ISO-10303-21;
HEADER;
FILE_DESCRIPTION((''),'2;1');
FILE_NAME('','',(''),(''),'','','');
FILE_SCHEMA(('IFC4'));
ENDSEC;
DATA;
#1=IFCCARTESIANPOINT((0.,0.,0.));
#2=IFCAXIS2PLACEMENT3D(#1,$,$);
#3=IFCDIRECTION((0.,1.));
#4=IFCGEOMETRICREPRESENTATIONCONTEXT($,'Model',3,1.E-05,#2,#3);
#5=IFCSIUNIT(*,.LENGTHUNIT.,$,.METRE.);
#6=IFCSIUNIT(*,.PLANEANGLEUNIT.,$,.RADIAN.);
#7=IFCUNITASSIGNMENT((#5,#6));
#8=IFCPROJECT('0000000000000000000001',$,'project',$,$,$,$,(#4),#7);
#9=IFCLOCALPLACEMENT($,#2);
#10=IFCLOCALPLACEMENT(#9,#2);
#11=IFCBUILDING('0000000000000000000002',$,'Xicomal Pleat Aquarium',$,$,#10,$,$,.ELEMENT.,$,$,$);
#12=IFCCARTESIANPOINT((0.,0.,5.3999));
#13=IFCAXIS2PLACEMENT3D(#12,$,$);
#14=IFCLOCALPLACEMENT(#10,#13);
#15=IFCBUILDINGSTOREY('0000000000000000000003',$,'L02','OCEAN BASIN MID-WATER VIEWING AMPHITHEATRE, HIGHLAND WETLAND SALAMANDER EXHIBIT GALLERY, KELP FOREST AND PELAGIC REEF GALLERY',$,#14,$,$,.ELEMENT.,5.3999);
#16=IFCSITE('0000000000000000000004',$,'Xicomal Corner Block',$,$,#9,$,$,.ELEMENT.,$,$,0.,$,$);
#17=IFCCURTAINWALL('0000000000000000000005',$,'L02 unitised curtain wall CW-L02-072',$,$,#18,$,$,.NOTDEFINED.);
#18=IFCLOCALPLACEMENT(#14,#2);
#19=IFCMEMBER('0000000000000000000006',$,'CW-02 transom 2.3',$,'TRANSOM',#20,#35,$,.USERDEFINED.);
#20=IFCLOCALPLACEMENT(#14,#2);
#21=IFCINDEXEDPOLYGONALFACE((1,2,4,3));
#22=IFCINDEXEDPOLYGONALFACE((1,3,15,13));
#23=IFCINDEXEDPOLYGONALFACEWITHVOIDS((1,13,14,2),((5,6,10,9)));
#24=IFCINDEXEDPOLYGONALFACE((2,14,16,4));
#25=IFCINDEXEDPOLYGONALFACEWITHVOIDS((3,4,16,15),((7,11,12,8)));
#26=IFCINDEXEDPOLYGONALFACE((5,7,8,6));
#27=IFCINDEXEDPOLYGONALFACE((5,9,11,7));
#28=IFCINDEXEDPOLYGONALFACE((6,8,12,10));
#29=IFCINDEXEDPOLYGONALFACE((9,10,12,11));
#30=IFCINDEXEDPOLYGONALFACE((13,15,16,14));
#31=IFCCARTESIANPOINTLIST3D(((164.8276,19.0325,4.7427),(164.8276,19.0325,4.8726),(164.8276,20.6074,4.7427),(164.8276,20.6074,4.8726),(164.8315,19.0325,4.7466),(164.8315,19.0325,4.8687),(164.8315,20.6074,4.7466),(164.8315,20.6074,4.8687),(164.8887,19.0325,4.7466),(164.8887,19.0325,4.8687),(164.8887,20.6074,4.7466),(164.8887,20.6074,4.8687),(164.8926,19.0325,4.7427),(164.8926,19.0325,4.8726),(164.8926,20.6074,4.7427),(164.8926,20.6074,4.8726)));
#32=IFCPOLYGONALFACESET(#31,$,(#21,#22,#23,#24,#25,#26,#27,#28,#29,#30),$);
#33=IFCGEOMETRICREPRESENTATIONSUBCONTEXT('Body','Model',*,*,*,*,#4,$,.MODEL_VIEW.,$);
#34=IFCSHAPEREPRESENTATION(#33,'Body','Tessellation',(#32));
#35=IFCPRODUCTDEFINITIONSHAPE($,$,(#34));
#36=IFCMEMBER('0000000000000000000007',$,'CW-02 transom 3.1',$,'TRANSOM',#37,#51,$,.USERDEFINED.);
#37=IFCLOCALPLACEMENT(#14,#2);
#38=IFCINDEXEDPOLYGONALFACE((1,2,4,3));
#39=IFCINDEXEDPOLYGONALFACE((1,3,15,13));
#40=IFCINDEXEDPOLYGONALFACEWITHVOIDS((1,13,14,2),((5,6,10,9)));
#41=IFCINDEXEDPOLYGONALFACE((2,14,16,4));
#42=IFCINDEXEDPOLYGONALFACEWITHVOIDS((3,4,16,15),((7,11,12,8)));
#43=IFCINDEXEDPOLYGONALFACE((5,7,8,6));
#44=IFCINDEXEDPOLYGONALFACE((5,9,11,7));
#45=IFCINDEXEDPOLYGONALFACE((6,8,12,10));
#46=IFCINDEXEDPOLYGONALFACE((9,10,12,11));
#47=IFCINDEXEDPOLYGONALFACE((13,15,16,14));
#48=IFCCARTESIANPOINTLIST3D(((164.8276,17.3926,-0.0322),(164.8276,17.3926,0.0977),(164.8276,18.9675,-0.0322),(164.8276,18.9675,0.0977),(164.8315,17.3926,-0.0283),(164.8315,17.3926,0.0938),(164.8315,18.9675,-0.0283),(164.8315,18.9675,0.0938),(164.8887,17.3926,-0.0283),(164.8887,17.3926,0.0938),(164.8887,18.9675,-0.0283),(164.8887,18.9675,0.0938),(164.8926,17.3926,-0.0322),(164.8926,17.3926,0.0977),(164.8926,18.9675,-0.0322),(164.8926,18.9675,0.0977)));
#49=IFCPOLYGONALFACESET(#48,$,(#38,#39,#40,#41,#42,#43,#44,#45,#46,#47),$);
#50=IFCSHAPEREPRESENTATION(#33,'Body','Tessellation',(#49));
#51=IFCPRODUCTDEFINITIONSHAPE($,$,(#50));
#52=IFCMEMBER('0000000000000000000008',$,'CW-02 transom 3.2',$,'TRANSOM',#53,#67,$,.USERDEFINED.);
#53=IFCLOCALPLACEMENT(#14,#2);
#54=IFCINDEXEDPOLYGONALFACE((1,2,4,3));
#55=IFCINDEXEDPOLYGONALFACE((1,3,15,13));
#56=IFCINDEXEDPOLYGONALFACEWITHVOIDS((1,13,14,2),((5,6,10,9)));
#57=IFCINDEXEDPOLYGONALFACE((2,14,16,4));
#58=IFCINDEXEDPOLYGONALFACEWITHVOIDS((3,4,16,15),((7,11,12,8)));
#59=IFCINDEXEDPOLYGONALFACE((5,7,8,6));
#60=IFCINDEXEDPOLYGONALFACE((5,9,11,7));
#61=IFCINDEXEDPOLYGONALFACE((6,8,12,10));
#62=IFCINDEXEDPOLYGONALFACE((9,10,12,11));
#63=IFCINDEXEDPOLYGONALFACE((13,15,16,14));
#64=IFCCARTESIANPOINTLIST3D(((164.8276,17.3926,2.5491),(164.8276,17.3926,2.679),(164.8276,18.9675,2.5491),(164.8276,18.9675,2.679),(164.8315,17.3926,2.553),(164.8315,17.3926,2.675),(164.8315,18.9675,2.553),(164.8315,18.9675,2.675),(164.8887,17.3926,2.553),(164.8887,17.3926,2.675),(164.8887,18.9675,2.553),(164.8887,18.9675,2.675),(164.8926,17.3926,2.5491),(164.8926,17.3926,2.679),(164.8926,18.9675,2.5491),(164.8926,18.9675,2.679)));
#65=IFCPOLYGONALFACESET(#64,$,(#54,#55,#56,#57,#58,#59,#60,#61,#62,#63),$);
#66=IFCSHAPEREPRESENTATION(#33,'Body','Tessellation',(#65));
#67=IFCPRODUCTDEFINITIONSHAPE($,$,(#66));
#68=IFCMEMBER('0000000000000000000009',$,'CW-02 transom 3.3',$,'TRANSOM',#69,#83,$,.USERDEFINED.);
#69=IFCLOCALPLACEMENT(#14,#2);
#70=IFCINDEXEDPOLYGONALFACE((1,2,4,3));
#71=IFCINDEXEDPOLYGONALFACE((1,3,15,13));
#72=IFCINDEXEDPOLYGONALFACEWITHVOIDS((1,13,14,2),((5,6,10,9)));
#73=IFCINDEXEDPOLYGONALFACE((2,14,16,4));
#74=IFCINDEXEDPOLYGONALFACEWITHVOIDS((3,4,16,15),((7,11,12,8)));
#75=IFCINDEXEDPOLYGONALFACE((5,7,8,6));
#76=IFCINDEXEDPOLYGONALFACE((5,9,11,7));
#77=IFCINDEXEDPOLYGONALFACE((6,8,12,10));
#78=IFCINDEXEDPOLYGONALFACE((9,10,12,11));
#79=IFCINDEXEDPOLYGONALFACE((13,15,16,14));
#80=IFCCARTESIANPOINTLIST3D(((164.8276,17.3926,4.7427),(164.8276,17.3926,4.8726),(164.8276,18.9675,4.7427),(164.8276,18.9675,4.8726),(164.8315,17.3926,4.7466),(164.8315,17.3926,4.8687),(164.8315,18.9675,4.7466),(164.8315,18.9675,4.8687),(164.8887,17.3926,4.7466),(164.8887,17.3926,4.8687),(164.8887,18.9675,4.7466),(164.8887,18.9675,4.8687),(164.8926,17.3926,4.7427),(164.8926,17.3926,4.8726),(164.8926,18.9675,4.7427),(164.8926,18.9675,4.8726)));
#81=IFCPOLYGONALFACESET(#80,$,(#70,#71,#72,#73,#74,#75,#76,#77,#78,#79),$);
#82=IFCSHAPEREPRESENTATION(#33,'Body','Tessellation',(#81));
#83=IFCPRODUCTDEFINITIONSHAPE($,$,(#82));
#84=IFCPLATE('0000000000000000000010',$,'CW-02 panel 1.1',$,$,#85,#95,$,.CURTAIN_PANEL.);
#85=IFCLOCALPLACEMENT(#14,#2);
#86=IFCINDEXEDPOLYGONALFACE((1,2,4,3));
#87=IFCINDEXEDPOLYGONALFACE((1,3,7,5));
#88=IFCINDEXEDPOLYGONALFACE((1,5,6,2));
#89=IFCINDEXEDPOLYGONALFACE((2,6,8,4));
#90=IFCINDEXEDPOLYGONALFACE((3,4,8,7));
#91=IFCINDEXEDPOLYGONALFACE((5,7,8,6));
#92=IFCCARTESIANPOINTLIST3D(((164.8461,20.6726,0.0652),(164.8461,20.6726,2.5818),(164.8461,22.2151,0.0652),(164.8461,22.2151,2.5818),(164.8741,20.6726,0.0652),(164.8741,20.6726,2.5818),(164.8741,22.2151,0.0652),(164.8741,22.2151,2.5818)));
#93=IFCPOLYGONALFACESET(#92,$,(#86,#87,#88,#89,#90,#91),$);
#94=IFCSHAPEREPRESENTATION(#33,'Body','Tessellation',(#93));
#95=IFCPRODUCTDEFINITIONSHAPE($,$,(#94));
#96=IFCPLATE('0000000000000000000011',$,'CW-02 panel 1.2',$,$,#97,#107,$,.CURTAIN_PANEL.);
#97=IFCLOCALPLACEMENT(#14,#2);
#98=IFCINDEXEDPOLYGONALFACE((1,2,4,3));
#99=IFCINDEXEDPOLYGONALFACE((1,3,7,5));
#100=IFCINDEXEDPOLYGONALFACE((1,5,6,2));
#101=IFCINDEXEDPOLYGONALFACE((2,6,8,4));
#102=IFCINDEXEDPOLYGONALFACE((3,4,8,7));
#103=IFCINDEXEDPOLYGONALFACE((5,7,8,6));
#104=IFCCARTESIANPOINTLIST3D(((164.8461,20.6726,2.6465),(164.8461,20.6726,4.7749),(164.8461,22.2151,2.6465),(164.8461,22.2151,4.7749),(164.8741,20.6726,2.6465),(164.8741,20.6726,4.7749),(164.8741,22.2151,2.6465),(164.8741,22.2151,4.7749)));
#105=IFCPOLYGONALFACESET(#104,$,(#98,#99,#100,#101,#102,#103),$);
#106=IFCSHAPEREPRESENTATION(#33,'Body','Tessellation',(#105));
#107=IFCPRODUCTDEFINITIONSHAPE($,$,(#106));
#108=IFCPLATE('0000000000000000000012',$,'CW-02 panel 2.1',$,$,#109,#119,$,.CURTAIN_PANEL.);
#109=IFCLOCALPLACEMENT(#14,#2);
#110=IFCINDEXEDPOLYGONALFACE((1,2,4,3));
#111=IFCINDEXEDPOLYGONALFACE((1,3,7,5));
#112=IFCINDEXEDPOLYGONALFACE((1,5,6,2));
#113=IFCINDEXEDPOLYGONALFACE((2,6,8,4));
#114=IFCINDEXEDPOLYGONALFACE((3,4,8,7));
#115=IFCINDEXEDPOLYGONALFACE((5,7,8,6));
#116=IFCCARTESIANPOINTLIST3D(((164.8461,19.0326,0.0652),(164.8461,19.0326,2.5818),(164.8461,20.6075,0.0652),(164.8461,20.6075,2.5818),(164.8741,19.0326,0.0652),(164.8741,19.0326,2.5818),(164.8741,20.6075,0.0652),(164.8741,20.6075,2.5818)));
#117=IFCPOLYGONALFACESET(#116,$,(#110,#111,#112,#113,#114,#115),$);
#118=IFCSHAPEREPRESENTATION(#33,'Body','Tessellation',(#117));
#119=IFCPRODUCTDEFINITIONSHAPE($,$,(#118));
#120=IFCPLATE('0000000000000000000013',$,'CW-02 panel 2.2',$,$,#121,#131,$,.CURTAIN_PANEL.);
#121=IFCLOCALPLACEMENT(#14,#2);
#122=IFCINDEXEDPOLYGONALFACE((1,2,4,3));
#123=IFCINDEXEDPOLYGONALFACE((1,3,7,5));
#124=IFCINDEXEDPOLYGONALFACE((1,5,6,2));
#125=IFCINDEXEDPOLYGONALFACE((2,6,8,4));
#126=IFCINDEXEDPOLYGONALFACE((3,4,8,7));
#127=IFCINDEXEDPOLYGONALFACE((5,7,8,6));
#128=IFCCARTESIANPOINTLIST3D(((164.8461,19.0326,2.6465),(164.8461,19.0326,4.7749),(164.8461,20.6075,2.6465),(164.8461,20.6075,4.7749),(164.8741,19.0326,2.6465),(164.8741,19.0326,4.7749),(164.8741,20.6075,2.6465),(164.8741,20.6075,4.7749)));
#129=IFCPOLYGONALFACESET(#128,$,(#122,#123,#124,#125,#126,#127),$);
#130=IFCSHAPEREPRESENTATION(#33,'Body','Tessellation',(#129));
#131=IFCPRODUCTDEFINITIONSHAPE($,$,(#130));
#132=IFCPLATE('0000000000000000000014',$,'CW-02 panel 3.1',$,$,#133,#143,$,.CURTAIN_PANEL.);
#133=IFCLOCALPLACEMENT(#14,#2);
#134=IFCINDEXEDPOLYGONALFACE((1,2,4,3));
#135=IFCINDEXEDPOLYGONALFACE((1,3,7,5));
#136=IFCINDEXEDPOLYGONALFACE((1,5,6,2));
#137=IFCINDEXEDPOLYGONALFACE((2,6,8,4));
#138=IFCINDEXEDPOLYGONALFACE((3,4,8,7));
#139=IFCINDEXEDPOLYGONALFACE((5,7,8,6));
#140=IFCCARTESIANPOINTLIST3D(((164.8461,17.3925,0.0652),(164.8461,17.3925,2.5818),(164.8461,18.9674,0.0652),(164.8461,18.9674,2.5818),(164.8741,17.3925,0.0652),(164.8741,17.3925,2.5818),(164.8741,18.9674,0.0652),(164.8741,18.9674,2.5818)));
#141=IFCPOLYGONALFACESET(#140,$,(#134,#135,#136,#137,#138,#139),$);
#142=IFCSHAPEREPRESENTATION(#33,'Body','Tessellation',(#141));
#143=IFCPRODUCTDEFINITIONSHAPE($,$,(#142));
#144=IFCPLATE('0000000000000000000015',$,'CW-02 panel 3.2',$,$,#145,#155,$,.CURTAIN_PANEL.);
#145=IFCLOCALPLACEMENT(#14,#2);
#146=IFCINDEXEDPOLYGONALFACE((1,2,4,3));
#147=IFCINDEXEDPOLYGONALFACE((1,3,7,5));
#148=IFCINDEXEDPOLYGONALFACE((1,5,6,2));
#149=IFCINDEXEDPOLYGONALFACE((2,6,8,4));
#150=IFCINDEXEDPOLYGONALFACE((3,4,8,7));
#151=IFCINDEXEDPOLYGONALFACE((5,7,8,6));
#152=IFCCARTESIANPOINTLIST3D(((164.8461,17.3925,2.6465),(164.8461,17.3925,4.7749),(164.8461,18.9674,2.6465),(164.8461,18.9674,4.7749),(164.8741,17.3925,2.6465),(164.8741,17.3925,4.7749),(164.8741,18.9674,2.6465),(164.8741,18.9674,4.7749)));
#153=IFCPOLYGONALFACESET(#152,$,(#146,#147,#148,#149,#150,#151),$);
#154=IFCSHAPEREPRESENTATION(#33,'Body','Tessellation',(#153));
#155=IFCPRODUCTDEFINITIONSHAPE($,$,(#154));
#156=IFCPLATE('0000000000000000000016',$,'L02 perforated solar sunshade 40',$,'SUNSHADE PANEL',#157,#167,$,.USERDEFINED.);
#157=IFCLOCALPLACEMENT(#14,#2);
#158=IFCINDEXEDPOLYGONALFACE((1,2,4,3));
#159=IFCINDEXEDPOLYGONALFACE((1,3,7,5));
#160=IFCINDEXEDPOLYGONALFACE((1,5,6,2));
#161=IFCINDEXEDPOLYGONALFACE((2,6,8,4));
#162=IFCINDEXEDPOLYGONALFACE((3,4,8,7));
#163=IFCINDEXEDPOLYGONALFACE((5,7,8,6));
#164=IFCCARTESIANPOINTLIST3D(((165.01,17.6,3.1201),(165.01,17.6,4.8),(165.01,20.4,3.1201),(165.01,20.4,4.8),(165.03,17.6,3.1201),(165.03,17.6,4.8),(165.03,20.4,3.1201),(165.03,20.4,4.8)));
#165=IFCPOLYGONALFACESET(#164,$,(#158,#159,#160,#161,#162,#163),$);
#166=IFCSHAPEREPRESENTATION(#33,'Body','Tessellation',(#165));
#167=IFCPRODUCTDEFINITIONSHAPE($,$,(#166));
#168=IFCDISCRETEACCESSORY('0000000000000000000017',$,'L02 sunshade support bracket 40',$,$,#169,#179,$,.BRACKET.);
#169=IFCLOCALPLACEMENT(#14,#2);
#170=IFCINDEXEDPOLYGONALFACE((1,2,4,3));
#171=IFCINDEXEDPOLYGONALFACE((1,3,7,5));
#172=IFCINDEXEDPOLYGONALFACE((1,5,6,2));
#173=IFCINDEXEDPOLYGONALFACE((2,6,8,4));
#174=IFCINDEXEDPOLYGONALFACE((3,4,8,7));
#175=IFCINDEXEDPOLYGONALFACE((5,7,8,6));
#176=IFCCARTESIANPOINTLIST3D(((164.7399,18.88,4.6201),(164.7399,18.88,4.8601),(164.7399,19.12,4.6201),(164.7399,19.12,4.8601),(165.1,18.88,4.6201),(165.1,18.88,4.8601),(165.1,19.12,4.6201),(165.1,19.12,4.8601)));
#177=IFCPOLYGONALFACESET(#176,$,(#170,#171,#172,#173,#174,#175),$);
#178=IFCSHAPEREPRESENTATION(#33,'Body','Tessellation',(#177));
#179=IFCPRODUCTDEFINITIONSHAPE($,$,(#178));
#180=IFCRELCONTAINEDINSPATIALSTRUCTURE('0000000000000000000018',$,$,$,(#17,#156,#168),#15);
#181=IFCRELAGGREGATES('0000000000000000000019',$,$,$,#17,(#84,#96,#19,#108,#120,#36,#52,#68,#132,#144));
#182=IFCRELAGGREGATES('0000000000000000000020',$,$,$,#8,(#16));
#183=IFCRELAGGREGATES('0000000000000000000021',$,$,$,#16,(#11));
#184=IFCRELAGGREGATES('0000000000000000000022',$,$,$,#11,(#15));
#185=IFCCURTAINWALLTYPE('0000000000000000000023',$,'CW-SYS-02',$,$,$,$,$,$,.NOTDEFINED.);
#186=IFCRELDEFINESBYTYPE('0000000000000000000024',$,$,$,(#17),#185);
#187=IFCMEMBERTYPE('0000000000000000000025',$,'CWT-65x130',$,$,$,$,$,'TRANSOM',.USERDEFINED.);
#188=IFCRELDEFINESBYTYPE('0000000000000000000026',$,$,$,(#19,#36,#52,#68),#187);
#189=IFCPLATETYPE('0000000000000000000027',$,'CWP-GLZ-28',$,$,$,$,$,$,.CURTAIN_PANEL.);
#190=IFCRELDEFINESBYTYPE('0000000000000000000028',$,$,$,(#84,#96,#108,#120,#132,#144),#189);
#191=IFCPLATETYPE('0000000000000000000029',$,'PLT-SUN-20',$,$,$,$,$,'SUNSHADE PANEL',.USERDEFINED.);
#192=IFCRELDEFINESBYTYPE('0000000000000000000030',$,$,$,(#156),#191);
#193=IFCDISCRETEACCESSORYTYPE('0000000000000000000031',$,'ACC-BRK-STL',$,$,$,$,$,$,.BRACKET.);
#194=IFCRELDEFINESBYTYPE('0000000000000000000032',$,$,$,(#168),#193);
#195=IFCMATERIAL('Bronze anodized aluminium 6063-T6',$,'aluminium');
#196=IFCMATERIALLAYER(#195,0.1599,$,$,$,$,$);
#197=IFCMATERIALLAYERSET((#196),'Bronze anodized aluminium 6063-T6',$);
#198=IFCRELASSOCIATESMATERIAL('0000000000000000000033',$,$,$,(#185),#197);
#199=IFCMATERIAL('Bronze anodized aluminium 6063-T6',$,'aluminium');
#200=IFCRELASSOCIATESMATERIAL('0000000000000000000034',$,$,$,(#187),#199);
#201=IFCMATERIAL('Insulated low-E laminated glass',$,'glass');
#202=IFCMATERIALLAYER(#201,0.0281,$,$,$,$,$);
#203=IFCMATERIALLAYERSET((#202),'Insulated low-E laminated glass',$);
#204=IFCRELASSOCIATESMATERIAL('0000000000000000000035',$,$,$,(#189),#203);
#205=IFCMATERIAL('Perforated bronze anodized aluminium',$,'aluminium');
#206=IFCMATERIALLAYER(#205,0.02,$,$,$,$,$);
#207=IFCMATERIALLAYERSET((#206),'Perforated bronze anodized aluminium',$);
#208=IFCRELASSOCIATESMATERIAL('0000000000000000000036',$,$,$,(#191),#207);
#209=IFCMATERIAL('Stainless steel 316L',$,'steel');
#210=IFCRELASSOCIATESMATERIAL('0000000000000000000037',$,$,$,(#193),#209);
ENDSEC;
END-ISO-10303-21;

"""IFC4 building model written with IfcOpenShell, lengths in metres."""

from ifc_helpers import new_model, si_unit, direction, frame, origin, origin_2d, place, context, subcontext, project, spatial, rectangle, hollow_rectangle, extrude, material, layer, layer_set, material_profile, profile_set, type_object, element, aggregate, save


model = new_model("IFC4")

# Units and contexts
model_context = context("Model", 3, precision=1e-05, world=origin(), true_north=direction((0.0, 1.0)))
body_context = subcontext(model_context, "Body", "Model", "MODEL_VIEW")
ifc_project = project(units=[si_unit("LENGTHUNIT", "METRE"), si_unit("PLANEANGLEUNIT", "RADIAN")], contexts=[model_context])

# Site, building, storey
site_placement = place(None, origin())
site = spatial("IfcSite", under=ifc_project, at=site_placement, Name="Xicomal Corner Block", CompositionType="ELEMENT", RefElevation=0.0)
building_placement = place(site_placement, origin())
building = spatial("IfcBuilding", under=site, at=building_placement, Name="Xicomal Pleat Aquarium", CompositionType="ELEMENT")
storey_placement = place(building_placement, frame((0.0, 0.0, 5.3999)))
storey = spatial("IfcBuildingStorey", under=building, at=storey_placement, Name="L02", Description="OCEAN BASIN MID-WATER VIEWING AMPHITHEATRE, HIGHLAND WETLAND SALAMANDER EXHIBIT GALLERY, KELP FOREST AND PELAGIC REEF GALLERY", CompositionType="ELEMENT", Elevation=5.3999)

# Curtain wall, members, plates
ifc_material_1 = material(Name="Bronze anodized aluminium 6063-T6", Category="aluminium")
ifc_layer_1 = layer(ifc_material_1, 0.1599)
ifc_layer_set_1 = layer_set([ifc_layer_1], Name="Bronze anodized aluminium 6063-T6")
curtain_wall_type = type_object("IfcCurtainWallType", Name="CW-SYS-02", PredefinedType="NOTDEFINED", material=ifc_layer_set_1)
curtain_wall_placement = place(storey_placement, origin())
curtain_wall = element("IfcCurtainWall", 1, at=curtain_wall_placement, inside=storey, type_object=curtain_wall_type, Name="L02 unitised curtain wall CW-L02-072", PredefinedType="NOTDEFINED")
ifc_material_2 = material(Name="Bronze anodized aluminium 6063-T6", Category="aluminium")
ifc_material_profile_1 = material_profile(ifc_material_2, hollow_rectangle(XDim=0.0649, YDim=0.1299, WallThickness=0.0039, at=origin_2d()), Name="ALU TRAN 65x130")
ifc_profile_set_1 = profile_set([ifc_material_profile_1], Name="Bronze anodized aluminium 6063-T6")
member_type_1 = type_object("IfcMemberType", Name="CWT-65x130", ElementType="TRANSOM", PredefinedType="USERDEFINED", material=ifc_profile_set_1)
member_1_placement = place(storey_placement, frame((164.8601, 20.6074, 4.8076), z_axis=(0.0, -1.0, 0.0), x_axis=(1.0, 0.0, 0.0)))
member_1 = element("IfcMember", 2, at=member_1_placement, type_object=member_type_1, Name="CW-02 transom 2.3", ObjectType="TRANSOM", PredefinedType="USERDEFINED", context=body_context, shape_type="SweptSolid", body=[
    extrude(hollow_rectangle(XDim=0.0649, YDim=0.1299, WallThickness=0.0039, at=origin_2d()), origin(), (0.0, 0.0, 1.0), 1.575),
])
member_2_placement = place(storey_placement, frame((164.8601, 18.9675, 0.0327), z_axis=(0.0, -1.0, 0.0), x_axis=(1.0, 0.0, 0.0)))
member_2 = element("IfcMember", 3, at=member_2_placement, type_object=member_type_1, Name="CW-02 transom 3.1", ObjectType="TRANSOM", PredefinedType="USERDEFINED", context=body_context, shape_type="SweptSolid", body=[
    extrude(hollow_rectangle(XDim=0.0649, YDim=0.1299, WallThickness=0.0039, at=origin_2d()), origin(), (0.0, 0.0, 1.0), 1.575),
])
member_3_placement = place(storey_placement, frame((164.8601, 18.9675, 2.614), z_axis=(0.0, -1.0, 0.0), x_axis=(1.0, 0.0, 0.0)))
member_3 = element("IfcMember", 4, at=member_3_placement, type_object=member_type_1, Name="CW-02 transom 3.2", ObjectType="TRANSOM", PredefinedType="USERDEFINED", context=body_context, shape_type="SweptSolid", body=[
    extrude(hollow_rectangle(XDim=0.0649, YDim=0.1299, WallThickness=0.0039, at=origin_2d()), origin(), (0.0, 0.0, 1.0), 1.575),
])
member_4_placement = place(storey_placement, frame((164.8601, 18.9675, 4.8076), z_axis=(0.0, -1.0, 0.0), x_axis=(1.0, 0.0, 0.0)))
member_4 = element("IfcMember", 5, at=member_4_placement, type_object=member_type_1, Name="CW-02 transom 3.3", ObjectType="TRANSOM", PredefinedType="USERDEFINED", context=body_context, shape_type="SweptSolid", body=[
    extrude(hollow_rectangle(XDim=0.0649, YDim=0.1299, WallThickness=0.0039, at=origin_2d()), origin(), (0.0, 0.0, 1.0), 1.575),
])
ifc_material_3 = material(Name="Insulated low-E laminated glass", Category="glass")
ifc_layer_2 = layer(ifc_material_3, 0.0281)
ifc_layer_set_2 = layer_set([ifc_layer_2], Name="Insulated low-E laminated glass")
plate_type_1 = type_object("IfcPlateType", Name="CWP-GLZ-28", PredefinedType="CURTAIN_PANEL", material=ifc_layer_set_2)
plate_1_placement = place(storey_placement, frame((164.8601, 21.4438, 0.0652), z_axis=(0.0, 0.0, 1.0), x_axis=(0.0, -1.0, 0.0)))
plate_1 = element("IfcPlate", 6, at=plate_1_placement, type_object=plate_type_1, Name="CW-02 panel 1.1", PredefinedType="CURTAIN_PANEL", context=body_context, shape_type="SweptSolid", body=[
    extrude(rectangle(XDim=1.5425, YDim=0.0281, at=origin_2d()), origin(), (0.0, 0.0, 1.0), 2.5166),
])
plate_2_placement = place(storey_placement, frame((164.8601, 21.4438, 2.6465), z_axis=(0.0, 0.0, 1.0), x_axis=(0.0, -1.0, 0.0)))
plate_2 = element("IfcPlate", 7, at=plate_2_placement, type_object=plate_type_1, Name="CW-02 panel 1.2", PredefinedType="CURTAIN_PANEL", context=body_context, shape_type="SweptSolid", body=[
    extrude(rectangle(XDim=1.5425, YDim=0.0281, at=origin_2d()), origin(), (0.0, 0.0, 1.0), 2.1284),
])
plate_3_placement = place(storey_placement, frame((164.8601, 19.8201, 0.0652), z_axis=(0.0, 0.0, 1.0), x_axis=(0.0, -1.0, 0.0)))
plate_3 = element("IfcPlate", 8, at=plate_3_placement, type_object=plate_type_1, Name="CW-02 panel 2.1", PredefinedType="CURTAIN_PANEL", context=body_context, shape_type="SweptSolid", body=[
    extrude(rectangle(XDim=1.575, YDim=0.0281, at=origin_2d()), origin(), (0.0, 0.0, 1.0), 2.5166),
])
plate_4_placement = place(storey_placement, frame((164.8601, 19.8201, 2.6465), z_axis=(0.0, 0.0, 1.0), x_axis=(0.0, -1.0, 0.0)))
plate_4 = element("IfcPlate", 9, at=plate_4_placement, type_object=plate_type_1, Name="CW-02 panel 2.2", PredefinedType="CURTAIN_PANEL", context=body_context, shape_type="SweptSolid", body=[
    extrude(rectangle(XDim=1.575, YDim=0.0281, at=origin_2d()), origin(), (0.0, 0.0, 1.0), 2.1284),
])
plate_5_placement = place(storey_placement, frame((164.8601, 18.1799, 0.0652), z_axis=(0.0, 0.0, 1.0), x_axis=(0.0, -1.0, 0.0)))
plate_5 = element("IfcPlate", 10, at=plate_5_placement, type_object=plate_type_1, Name="CW-02 panel 3.1", PredefinedType="CURTAIN_PANEL", context=body_context, shape_type="SweptSolid", body=[
    extrude(rectangle(XDim=1.575, YDim=0.0281, at=origin_2d()), origin(), (0.0, 0.0, 1.0), 2.5166),
])
plate_6_placement = place(storey_placement, frame((164.8601, 18.1799, 2.6465), z_axis=(0.0, 0.0, 1.0), x_axis=(0.0, -1.0, 0.0)))
plate_6 = element("IfcPlate", 11, at=plate_6_placement, type_object=plate_type_1, Name="CW-02 panel 3.2", PredefinedType="CURTAIN_PANEL", context=body_context, shape_type="SweptSolid", body=[
    extrude(rectangle(XDim=1.575, YDim=0.0281, at=origin_2d()), origin(), (0.0, 0.0, 1.0), 2.1284),
])
aggregate(curtain_wall, [plate_1, plate_2, member_1, plate_3, plate_4, member_2, member_3, member_4, plate_5, plate_6])

# Plate
ifc_material_4 = material(Name="Perforated bronze anodized aluminium", Category="aluminium")
ifc_layer_3 = layer(ifc_material_4, 0.02)
ifc_layer_set_3 = layer_set([ifc_layer_3], Name="Perforated bronze anodized aluminium")
plate_type_2 = type_object("IfcPlateType", Name="PLT-SUN-20", ElementType="SUNSHADE PANEL", PredefinedType="USERDEFINED", material=ifc_layer_set_3)
plate_7_placement = place(storey_placement, frame((165.02, 19.0, 3.1201), z_axis=(0.0, 0.0, 1.0), x_axis=(0.0, -1.0, 0.0)))
element("IfcPlate", 12, at=plate_7_placement, inside=storey, type_object=plate_type_2, Name="L02 perforated solar sunshade 40", ObjectType="SUNSHADE PANEL", PredefinedType="USERDEFINED", context=body_context, shape_type="SweptSolid", body=[
    extrude(rectangle(XDim=2.8, YDim=0.02, at=origin_2d()), origin(), (0.0, 0.0, 1.0), 1.6799),
])

# Discrete accessory
ifc_material_5 = material(Name="Stainless steel 316L", Category="steel")
discrete_accessory_type = type_object("IfcDiscreteAccessoryType", Name="ACC-BRK-STL", PredefinedType="BRACKET", material=ifc_material_5)
discrete_accessory_placement = place(storey_placement, frame((164.9199, 19.0, 4.6201), z_axis=(0.0, 0.0, 1.0), x_axis=(0.0, -1.0, 0.0)))
element("IfcDiscreteAccessory", 13, at=discrete_accessory_placement, inside=storey, type_object=discrete_accessory_type, Name="L02 sunshade support bracket 40", PredefinedType="BRACKET", context=body_context, shape_type="SweptSolid", body=[
    extrude(rectangle(XDim=0.24, YDim=0.3601, at=origin_2d()), origin(), (0.0, 0.0, 1.0), 0.24),
])

save(model, "model.ifc")
